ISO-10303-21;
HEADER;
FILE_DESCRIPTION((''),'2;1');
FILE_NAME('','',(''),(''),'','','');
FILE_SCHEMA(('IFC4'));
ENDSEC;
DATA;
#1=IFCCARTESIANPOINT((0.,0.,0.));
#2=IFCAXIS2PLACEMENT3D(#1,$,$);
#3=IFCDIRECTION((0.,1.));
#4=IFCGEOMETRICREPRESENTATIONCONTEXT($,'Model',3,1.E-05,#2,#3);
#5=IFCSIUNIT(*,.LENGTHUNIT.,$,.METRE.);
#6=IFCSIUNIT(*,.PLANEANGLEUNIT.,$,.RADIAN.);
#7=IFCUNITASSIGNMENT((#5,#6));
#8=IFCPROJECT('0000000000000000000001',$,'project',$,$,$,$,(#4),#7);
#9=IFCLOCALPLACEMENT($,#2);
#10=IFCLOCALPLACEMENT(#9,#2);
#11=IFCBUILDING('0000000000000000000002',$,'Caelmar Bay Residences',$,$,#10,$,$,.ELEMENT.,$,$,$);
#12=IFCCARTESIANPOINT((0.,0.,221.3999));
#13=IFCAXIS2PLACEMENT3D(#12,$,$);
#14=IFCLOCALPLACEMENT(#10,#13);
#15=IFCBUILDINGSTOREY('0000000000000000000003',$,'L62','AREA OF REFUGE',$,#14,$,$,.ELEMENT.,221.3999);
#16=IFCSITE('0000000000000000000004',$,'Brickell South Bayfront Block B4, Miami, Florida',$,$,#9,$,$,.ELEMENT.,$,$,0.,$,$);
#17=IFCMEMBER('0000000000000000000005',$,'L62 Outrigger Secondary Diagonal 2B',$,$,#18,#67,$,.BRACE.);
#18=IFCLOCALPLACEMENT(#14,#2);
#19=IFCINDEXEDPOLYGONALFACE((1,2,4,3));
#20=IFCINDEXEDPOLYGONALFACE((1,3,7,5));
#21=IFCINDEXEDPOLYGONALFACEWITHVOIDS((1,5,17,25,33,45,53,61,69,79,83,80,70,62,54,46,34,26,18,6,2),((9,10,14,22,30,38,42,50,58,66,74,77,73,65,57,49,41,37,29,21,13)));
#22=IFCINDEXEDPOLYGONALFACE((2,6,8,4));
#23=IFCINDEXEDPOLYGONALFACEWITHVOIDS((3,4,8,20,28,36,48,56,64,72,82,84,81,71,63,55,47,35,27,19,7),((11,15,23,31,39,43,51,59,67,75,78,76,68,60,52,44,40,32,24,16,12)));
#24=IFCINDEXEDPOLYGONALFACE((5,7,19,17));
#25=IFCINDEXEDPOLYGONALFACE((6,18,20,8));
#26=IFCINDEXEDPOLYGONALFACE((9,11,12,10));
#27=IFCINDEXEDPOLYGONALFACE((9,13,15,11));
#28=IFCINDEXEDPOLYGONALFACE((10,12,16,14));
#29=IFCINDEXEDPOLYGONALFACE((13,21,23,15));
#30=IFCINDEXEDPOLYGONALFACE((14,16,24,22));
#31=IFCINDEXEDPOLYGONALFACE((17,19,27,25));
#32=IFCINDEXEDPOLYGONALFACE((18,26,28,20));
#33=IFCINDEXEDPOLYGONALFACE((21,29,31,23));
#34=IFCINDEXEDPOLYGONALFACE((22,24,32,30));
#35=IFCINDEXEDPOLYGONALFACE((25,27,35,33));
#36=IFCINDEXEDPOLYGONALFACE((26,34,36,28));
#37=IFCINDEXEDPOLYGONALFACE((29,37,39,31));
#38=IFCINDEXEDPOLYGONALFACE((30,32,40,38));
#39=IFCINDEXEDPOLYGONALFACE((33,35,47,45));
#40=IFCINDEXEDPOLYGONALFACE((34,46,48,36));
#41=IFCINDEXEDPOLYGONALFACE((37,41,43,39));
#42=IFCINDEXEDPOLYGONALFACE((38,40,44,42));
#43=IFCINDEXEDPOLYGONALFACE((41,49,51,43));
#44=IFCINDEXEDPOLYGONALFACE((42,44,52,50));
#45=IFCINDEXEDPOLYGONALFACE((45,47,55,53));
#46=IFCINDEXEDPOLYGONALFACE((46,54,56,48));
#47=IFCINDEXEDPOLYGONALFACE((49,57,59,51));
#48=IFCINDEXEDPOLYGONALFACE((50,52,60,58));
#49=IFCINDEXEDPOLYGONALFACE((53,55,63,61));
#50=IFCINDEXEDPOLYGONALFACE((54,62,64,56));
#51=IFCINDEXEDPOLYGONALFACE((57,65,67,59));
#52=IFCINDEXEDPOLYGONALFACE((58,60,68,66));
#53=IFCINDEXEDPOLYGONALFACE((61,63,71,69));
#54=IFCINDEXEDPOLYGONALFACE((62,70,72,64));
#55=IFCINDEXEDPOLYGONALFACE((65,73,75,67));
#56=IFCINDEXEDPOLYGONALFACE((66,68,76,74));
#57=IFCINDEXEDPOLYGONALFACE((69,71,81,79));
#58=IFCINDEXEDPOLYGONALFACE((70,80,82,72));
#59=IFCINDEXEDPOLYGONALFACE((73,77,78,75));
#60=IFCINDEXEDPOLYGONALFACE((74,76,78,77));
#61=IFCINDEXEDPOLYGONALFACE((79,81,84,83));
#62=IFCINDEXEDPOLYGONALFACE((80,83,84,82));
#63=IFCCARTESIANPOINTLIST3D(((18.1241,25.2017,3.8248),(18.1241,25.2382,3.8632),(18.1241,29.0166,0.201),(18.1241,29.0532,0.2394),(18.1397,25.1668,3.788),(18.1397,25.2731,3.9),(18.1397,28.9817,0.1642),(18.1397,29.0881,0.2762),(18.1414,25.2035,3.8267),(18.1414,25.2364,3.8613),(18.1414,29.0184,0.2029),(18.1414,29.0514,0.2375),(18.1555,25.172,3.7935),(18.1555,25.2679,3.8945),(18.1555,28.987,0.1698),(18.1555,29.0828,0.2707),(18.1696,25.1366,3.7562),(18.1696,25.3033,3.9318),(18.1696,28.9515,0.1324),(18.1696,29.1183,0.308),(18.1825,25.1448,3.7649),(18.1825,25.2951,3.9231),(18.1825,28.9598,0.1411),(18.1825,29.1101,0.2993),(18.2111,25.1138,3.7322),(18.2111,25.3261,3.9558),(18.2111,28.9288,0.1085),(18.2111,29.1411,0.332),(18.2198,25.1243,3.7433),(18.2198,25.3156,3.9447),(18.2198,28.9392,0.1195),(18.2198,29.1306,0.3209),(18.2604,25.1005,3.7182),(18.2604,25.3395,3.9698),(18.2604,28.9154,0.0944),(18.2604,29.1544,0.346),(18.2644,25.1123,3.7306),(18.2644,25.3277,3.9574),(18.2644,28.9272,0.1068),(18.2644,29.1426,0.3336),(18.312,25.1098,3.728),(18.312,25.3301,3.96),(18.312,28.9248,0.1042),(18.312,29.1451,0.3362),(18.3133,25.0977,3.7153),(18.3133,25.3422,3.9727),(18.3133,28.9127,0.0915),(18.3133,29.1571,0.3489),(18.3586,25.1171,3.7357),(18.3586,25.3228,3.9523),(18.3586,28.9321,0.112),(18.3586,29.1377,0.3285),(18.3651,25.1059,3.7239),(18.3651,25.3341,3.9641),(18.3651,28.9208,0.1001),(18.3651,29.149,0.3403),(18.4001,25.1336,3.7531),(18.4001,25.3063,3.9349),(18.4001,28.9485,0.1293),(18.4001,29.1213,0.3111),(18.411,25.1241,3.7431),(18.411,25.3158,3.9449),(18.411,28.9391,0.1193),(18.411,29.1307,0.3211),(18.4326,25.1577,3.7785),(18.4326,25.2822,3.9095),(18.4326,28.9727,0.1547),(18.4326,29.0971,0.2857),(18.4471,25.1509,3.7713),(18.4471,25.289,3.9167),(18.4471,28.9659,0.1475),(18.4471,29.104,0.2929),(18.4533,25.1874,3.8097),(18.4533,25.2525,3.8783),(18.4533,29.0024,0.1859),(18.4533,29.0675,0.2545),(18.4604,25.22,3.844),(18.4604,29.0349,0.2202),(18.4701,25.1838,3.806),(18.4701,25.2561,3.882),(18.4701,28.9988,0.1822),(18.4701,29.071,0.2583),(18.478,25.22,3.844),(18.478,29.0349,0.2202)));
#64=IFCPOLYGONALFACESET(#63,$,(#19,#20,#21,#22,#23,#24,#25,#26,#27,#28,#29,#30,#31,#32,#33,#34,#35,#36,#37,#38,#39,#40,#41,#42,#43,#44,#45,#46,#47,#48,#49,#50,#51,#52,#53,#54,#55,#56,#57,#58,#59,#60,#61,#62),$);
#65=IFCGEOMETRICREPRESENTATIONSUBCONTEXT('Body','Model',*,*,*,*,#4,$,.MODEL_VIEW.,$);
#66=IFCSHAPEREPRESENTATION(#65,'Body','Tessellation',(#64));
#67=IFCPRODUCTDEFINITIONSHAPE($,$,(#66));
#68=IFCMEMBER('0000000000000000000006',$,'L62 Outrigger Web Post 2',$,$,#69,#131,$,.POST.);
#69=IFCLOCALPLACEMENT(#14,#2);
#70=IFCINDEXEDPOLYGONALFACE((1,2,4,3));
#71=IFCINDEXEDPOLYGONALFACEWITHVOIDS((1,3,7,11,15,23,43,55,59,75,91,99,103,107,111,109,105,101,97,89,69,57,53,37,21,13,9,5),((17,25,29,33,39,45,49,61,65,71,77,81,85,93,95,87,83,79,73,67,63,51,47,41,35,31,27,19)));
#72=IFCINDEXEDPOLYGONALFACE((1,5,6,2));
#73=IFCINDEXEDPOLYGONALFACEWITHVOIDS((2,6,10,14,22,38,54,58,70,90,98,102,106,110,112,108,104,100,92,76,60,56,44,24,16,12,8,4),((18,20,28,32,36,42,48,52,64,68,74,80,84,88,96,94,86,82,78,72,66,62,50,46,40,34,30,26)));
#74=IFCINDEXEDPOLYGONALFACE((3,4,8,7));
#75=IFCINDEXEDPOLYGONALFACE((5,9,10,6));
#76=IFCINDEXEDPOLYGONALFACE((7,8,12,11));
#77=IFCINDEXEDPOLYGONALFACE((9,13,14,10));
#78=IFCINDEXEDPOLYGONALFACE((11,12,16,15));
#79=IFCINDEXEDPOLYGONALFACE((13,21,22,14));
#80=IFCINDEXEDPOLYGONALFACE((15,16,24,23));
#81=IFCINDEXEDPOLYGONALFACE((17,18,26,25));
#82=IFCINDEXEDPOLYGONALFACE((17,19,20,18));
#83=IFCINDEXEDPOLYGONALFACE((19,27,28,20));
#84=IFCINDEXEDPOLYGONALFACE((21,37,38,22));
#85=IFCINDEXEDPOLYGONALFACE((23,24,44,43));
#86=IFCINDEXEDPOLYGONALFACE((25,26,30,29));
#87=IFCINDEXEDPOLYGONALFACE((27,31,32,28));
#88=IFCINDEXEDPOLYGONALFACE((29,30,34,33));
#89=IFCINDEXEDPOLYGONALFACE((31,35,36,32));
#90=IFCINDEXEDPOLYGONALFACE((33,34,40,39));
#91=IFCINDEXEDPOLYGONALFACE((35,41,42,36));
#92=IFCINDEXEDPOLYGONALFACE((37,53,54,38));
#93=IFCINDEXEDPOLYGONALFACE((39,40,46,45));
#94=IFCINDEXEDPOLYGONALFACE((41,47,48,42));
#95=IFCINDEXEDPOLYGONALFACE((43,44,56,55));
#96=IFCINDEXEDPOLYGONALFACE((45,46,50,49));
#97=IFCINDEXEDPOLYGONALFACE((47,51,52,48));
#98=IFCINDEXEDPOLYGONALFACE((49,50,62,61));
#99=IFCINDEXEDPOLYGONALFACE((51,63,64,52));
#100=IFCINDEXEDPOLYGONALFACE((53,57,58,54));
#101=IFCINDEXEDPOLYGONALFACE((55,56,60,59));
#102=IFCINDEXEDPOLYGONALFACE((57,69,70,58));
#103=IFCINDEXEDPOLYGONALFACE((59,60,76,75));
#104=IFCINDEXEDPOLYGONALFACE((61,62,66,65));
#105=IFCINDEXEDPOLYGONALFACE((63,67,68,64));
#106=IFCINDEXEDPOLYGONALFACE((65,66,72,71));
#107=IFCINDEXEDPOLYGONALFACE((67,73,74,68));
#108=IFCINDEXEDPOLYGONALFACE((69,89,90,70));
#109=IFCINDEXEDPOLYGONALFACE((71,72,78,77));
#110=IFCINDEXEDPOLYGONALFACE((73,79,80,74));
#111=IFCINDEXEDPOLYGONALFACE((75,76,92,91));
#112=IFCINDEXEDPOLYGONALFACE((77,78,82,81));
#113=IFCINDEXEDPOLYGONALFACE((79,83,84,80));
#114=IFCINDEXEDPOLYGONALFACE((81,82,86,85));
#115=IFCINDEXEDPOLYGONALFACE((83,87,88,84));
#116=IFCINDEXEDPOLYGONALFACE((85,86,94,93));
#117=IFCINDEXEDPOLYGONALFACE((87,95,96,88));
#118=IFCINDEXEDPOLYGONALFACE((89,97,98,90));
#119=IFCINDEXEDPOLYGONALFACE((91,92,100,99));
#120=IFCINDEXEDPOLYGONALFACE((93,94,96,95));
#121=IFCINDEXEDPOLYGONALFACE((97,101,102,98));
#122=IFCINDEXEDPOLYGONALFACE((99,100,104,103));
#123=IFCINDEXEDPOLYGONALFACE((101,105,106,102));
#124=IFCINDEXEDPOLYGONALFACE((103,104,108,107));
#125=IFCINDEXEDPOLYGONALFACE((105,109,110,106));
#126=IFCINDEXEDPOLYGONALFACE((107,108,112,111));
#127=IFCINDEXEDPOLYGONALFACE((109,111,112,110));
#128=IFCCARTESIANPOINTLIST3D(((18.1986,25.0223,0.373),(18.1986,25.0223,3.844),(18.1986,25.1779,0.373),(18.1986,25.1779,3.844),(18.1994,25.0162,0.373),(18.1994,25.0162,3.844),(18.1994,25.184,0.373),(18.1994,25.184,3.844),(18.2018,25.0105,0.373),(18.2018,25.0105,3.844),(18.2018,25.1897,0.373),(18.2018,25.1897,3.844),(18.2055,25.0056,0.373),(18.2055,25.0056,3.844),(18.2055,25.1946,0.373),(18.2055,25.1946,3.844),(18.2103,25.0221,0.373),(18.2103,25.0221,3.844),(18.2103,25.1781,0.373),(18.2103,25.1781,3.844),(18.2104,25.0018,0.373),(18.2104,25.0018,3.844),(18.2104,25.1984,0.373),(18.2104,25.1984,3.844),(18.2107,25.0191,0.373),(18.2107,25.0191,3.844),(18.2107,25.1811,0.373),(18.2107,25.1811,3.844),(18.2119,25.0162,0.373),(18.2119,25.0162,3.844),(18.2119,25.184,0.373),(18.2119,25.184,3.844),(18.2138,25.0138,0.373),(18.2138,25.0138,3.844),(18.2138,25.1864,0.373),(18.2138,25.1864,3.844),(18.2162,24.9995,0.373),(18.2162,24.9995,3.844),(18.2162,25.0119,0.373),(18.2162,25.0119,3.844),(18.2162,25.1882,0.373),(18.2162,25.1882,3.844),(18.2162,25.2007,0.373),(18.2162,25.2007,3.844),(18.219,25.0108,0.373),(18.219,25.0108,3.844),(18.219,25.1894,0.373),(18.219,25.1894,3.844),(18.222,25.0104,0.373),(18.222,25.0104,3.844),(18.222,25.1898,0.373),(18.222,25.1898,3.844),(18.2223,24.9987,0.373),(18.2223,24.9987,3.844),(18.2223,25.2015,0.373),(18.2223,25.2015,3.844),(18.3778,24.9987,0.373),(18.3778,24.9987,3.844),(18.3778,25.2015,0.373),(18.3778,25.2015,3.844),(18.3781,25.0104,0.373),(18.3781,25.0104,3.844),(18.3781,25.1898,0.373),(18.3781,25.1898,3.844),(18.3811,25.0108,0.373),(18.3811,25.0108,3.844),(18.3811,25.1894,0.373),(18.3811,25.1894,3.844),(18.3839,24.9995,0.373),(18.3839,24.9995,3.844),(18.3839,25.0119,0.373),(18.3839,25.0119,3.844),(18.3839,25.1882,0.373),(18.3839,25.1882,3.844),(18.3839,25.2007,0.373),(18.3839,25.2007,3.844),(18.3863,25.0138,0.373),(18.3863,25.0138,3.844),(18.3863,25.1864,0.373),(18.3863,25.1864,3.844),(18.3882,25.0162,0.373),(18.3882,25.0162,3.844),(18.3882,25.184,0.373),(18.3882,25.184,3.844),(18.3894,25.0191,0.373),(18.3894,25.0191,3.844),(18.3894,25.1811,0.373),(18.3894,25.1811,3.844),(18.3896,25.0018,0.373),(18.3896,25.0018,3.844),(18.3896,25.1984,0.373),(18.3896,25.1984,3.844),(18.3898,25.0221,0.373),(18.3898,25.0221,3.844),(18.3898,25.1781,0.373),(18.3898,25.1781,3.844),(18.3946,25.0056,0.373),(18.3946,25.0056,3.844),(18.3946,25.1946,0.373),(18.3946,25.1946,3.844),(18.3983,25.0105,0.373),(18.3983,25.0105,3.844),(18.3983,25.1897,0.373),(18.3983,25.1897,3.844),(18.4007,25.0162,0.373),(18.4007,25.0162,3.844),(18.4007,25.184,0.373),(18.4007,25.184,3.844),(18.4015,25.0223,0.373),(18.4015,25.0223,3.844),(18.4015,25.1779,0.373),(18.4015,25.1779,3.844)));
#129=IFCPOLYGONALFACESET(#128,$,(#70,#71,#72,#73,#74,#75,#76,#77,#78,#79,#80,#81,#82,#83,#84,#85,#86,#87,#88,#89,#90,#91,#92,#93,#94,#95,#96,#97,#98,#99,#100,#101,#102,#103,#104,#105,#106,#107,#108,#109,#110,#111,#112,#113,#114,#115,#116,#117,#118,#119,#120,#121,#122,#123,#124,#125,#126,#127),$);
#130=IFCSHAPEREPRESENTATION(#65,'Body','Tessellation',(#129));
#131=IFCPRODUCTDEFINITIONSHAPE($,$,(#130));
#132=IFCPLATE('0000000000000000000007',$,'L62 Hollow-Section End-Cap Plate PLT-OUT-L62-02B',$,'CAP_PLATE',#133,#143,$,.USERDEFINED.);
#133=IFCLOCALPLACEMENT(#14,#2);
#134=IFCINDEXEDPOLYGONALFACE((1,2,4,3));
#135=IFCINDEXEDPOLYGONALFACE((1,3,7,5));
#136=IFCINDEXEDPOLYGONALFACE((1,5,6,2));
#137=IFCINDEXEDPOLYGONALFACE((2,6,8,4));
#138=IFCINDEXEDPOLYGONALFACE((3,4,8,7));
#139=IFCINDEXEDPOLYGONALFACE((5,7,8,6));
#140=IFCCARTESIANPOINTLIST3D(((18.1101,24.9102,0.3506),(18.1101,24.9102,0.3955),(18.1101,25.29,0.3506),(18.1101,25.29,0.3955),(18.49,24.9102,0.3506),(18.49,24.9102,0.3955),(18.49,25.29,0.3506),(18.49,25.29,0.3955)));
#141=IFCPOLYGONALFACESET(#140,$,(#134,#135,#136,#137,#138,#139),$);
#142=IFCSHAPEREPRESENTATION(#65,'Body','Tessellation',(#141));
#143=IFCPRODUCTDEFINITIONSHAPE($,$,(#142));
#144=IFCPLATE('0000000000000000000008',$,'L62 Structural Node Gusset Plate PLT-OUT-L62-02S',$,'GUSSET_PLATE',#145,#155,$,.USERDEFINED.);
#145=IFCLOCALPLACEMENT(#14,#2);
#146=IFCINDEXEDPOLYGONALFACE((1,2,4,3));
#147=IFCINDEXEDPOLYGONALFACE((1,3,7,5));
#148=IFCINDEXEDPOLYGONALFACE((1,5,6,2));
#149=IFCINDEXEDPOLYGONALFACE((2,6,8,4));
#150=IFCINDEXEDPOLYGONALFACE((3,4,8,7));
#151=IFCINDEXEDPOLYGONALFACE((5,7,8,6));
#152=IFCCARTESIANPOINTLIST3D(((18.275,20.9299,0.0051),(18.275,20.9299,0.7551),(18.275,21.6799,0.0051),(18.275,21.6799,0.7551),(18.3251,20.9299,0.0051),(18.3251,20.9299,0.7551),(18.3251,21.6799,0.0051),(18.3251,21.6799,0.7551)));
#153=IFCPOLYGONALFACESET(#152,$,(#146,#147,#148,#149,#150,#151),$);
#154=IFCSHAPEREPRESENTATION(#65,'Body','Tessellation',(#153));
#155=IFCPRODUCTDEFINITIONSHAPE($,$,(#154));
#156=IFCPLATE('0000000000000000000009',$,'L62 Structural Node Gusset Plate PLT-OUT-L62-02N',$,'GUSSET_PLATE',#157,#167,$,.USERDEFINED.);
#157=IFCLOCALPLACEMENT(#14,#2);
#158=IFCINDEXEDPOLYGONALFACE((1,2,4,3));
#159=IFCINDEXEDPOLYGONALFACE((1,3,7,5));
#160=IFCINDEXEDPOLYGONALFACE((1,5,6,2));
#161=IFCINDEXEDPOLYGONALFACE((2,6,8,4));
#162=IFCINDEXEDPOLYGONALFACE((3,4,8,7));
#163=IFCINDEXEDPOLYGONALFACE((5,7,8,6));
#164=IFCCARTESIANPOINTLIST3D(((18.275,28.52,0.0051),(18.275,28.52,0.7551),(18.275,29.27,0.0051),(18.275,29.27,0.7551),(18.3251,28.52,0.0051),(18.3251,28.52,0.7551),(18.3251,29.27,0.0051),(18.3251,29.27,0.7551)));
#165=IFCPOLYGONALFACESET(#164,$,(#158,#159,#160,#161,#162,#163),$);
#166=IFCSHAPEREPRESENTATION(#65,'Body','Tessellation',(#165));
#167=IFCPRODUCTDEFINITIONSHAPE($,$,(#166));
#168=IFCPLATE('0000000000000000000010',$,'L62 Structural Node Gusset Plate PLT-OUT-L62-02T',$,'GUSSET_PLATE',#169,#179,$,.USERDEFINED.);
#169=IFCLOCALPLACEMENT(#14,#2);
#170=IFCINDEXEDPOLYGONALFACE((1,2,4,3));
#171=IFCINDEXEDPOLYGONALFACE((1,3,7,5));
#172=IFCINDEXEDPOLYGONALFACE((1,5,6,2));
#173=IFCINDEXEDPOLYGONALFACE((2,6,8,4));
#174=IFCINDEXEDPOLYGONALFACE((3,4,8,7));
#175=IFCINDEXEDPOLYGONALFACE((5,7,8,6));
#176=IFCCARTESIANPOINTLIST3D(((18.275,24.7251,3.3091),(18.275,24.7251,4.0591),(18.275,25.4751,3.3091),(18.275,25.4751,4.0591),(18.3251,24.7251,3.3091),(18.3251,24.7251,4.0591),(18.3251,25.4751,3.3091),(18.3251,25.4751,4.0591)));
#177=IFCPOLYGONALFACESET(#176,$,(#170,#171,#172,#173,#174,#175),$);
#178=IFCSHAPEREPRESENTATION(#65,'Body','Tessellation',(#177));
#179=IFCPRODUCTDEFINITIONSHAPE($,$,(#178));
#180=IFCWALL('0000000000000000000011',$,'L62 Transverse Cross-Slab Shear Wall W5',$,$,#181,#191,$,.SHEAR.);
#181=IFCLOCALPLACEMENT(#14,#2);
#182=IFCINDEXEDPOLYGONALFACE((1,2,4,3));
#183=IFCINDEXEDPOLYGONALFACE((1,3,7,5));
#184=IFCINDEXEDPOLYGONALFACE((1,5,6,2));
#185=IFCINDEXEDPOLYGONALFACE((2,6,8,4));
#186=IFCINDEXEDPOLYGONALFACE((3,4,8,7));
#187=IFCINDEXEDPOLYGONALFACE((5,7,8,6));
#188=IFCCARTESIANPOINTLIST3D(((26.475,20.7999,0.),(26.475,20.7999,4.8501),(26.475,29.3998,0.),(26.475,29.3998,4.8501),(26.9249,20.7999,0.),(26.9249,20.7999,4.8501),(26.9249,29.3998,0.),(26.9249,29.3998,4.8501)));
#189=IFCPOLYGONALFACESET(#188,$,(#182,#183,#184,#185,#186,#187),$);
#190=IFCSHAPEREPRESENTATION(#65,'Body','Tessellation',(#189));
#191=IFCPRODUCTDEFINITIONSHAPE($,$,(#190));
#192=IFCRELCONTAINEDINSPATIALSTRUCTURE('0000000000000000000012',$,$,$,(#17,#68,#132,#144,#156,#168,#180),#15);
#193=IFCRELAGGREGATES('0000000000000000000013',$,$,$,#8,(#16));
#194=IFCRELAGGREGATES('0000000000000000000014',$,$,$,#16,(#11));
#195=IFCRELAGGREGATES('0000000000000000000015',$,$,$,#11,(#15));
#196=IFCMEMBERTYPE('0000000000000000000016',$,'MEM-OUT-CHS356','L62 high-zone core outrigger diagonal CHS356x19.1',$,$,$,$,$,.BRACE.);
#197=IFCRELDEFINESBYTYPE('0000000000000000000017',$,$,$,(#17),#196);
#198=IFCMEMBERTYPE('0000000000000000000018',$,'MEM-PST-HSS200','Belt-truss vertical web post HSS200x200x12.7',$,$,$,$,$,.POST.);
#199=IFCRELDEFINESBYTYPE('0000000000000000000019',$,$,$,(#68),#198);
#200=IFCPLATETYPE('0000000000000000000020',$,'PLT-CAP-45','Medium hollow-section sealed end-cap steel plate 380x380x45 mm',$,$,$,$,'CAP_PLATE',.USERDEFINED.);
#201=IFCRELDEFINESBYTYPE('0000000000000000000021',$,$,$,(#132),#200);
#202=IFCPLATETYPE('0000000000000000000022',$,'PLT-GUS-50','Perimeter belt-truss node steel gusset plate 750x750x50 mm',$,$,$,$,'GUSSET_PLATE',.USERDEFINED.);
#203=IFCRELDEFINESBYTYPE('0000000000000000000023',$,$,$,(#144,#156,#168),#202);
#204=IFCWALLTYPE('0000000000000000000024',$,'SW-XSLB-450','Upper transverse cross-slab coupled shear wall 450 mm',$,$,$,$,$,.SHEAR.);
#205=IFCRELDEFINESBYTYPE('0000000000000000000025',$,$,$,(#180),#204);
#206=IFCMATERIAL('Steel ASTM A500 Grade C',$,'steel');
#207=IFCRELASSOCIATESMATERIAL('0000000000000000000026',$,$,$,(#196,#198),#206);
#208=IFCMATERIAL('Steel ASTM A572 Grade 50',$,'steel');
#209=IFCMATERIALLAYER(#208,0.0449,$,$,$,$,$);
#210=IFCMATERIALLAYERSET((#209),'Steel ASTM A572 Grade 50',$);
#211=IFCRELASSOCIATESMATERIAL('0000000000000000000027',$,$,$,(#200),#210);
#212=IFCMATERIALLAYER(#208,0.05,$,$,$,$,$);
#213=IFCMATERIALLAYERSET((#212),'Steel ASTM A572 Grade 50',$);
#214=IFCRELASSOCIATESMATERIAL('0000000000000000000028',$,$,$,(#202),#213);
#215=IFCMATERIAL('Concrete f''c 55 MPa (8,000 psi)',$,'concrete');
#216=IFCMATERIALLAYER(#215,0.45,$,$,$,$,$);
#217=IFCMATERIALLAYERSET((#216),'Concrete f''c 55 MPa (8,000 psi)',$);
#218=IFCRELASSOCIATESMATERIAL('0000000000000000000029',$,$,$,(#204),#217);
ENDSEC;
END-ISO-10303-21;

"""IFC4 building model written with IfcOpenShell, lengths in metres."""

from ifc_helpers import new_model, si_unit, direction, frame, frame_2d, origin, origin_2d, place, context, subcontext, project, spatial, rectangle, hollow_rectangle, hollow_circle, extrude, material, layer, layer_set, material_profile, profile_set, type_object, element, save


model = new_model("IFC4")

# Units and contexts
model_context = context("Model", 3, precision=1e-05, world=origin(), true_north=direction((0.0, 1.0)))
body_context = subcontext(model_context, "Body", "Model", "MODEL_VIEW")
ifc_project = project(units=[si_unit("LENGTHUNIT", "METRE"), si_unit("PLANEANGLEUNIT", "RADIAN")], contexts=[model_context])

# Site, building, storey
site_placement = place(None, origin())
site = spatial("IfcSite", under=ifc_project, at=site_placement, Name="Brickell South Bayfront Block B4, Miami, Florida", CompositionType="ELEMENT", RefElevation=0.0)
building_placement = place(site_placement, origin())
building = spatial("IfcBuilding", under=site, at=building_placement, Name="Caelmar Bay Residences", CompositionType="ELEMENT")
storey_placement = place(building_placement, frame((0.0, 0.0, 221.3999)))
storey = spatial("IfcBuildingStorey", under=building, at=storey_placement, Name="L62", Description="AREA OF REFUGE", CompositionType="ELEMENT", Elevation=221.3999)

# Shared definitions
ifc_material_1 = material(Name="Concrete f'c 55 MPa (8,000 psi)", Category="concrete")

# Members
ifc_material_2 = material(Name="Steel ASTM A500 Grade C", Category="steel")
ifc_material_profile_1 = material_profile(ifc_material_2, hollow_circle(Radius=0.178, WallThickness=0.0176, at=origin_2d()), Name="CHS356X19.1")
ifc_profile_set_1 = profile_set([ifc_material_profile_1], Name="Steel ASTM A500 Grade C")
member_type_1 = type_object("IfcMemberType", Name="MEM-OUT-CHS356", Description="L62 high-zone core outrigger diagonal CHS356x19.1", PredefinedType="BRACE", material=ifc_profile_set_1)
for number, where, z_axis, x_axis, name in (
    (1, (18.3, 29.0349, 0.2202), (0.0, -0.725039, 0.688708), (1.0, 0.0, 0.0), "L62 Outrigger Secondary Diagonal 2B"),
):
    element("IfcMember", number, at=place(storey_placement, frame(where, z_axis=z_axis, x_axis=x_axis)), inside=storey, type_object=member_type_1, Name=name, PredefinedType="BRACE", context=body_context, shape_type="SweptSolid", body=[
        extrude(hollow_circle(Radius=0.178, WallThickness=0.0176, at=origin_2d()), origin(), (0.0, 0.0, 1.0), 5.2617),
    ])
ifc_material_profile_2 = material_profile(ifc_material_2, hollow_rectangle(XDim=0.2029, YDim=0.2029, WallThickness=0.0117, InnerFilletRadius=0.0117, OuterFilletRadius=0.0237, at=origin_2d()), Name="HSS200X200X12.7")
ifc_profile_set_2 = profile_set([ifc_material_profile_2], Name="Steel ASTM A500 Grade C")
member_type_2 = type_object("IfcMemberType", Name="MEM-PST-HSS200", Description="Belt-truss vertical web post HSS200x200x12.7", PredefinedType="POST", material=ifc_profile_set_2)
member_placement = place(storey_placement, frame((18.3, 25.1001, 0.373), z_axis=(0.0, 0.0, 1.0), x_axis=(1.0, 0.0, 0.0)))
element("IfcMember", 2, at=member_placement, inside=storey, type_object=member_type_2, Name="L62 Outrigger Web Post 2", PredefinedType="POST", context=body_context, shape_type="SweptSolid", body=[
    extrude(hollow_rectangle(XDim=0.2029, YDim=0.2029, WallThickness=0.0117, InnerFilletRadius=0.0117, OuterFilletRadius=0.0237, at=origin_2d()), origin(), (0.0, 0.0, 1.0), 3.4709),
])

# Plates
ifc_material_3 = material(Name="Steel ASTM A572 Grade 50", Category="steel")
ifc_layer_1 = layer(ifc_material_3, 0.0449)
ifc_layer_set_1 = layer_set([ifc_layer_1], Name="Steel ASTM A572 Grade 50")
plate_type_1 = type_object("IfcPlateType", Name="PLT-CAP-45", Description="Medium hollow-section sealed end-cap steel plate 380x380x45 mm", ElementType="CAP_PLATE", PredefinedType="USERDEFINED", material=ifc_layer_set_1)
plate_placement = place(storey_placement, frame((18.3, 25.1001, 0.3506), z_axis=(0.0, 0.0, 1.0), x_axis=(1.0, 0.0, 0.0)))
element("IfcPlate", 3, at=plate_placement, inside=storey, type_object=plate_type_1, Name="L62 Hollow-Section End-Cap Plate PLT-OUT-L62-02B", ObjectType="CAP_PLATE", PredefinedType="USERDEFINED", context=body_context, shape_type="SweptSolid", body=[
    extrude(rectangle(XDim=0.3799, YDim=0.3799, at=origin_2d()), origin(), (0.0, 0.0, 1.0), 0.0449),
])
ifc_layer_2 = layer(ifc_material_3, 0.05)
ifc_layer_set_2 = layer_set([ifc_layer_2], Name="Steel ASTM A572 Grade 50")
plate_type_2 = type_object("IfcPlateType", Name="PLT-GUS-50", Description="Perimeter belt-truss node steel gusset plate 750x750x50 mm", ElementType="GUSSET_PLATE", PredefinedType="USERDEFINED", material=ifc_layer_set_2)
for number, where, z_axis, x_axis, name in (
    (4, (18.3, 21.3049, 0.0051), (0.0, 0.0, 1.0), (0.0, 1.0, 0.0), "L62 Structural Node Gusset Plate PLT-OUT-L62-02S"),
    (5, (18.3, 28.895, 0.0051), (0.0, 0.0, 1.0), (0.0, 1.0, 0.0), "L62 Structural Node Gusset Plate PLT-OUT-L62-02N"),
    (6, (18.3, 25.1001, 3.3091), (0.0, 0.0, 1.0), (0.0, 1.0, 0.0), "L62 Structural Node Gusset Plate PLT-OUT-L62-02T"),
):
    element("IfcPlate", number, at=place(storey_placement, frame(where, z_axis=z_axis, x_axis=x_axis)), inside=storey, type_object=plate_type_2, Name=name, ObjectType="GUSSET_PLATE", PredefinedType="USERDEFINED", context=body_context, shape_type="SweptSolid", body=[
        extrude(rectangle(XDim=0.75, YDim=0.05, at=origin_2d()), origin(), (0.0, 0.0, 1.0), 0.75),
    ])

# Wall
ifc_layer_3 = layer(ifc_material_1, 0.45)
ifc_layer_set_3 = layer_set([ifc_layer_3], Name="Concrete f'c 55 MPa (8,000 psi)")
wall_type_1 = type_object("IfcWallType", Name="SW-XSLB-450", Description="Upper transverse cross-slab coupled shear wall 450 mm", PredefinedType="SHEAR", material=ifc_layer_set_3)
wall_1_placement = place(storey_placement, frame((26.7, 20.8, 0.0), z_axis=(0.0, 0.0, 1.0), x_axis=(0.0, 1.0, 0.0)))
element("IfcWall", 7, at=wall_1_placement, inside=storey, type_object=wall_type_1, Name="L62 Transverse Cross-Slab Shear Wall W5", PredefinedType="SHEAR", context=body_context, shape_type="SweptSolid", body=[
    extrude(rectangle(XDim=8.5999, YDim=0.45, at=frame_2d((4.2998, 0.0))), origin(), (0.0, 0.0, 1.0), 4.8501),
])

save(model, "model.ifc")
